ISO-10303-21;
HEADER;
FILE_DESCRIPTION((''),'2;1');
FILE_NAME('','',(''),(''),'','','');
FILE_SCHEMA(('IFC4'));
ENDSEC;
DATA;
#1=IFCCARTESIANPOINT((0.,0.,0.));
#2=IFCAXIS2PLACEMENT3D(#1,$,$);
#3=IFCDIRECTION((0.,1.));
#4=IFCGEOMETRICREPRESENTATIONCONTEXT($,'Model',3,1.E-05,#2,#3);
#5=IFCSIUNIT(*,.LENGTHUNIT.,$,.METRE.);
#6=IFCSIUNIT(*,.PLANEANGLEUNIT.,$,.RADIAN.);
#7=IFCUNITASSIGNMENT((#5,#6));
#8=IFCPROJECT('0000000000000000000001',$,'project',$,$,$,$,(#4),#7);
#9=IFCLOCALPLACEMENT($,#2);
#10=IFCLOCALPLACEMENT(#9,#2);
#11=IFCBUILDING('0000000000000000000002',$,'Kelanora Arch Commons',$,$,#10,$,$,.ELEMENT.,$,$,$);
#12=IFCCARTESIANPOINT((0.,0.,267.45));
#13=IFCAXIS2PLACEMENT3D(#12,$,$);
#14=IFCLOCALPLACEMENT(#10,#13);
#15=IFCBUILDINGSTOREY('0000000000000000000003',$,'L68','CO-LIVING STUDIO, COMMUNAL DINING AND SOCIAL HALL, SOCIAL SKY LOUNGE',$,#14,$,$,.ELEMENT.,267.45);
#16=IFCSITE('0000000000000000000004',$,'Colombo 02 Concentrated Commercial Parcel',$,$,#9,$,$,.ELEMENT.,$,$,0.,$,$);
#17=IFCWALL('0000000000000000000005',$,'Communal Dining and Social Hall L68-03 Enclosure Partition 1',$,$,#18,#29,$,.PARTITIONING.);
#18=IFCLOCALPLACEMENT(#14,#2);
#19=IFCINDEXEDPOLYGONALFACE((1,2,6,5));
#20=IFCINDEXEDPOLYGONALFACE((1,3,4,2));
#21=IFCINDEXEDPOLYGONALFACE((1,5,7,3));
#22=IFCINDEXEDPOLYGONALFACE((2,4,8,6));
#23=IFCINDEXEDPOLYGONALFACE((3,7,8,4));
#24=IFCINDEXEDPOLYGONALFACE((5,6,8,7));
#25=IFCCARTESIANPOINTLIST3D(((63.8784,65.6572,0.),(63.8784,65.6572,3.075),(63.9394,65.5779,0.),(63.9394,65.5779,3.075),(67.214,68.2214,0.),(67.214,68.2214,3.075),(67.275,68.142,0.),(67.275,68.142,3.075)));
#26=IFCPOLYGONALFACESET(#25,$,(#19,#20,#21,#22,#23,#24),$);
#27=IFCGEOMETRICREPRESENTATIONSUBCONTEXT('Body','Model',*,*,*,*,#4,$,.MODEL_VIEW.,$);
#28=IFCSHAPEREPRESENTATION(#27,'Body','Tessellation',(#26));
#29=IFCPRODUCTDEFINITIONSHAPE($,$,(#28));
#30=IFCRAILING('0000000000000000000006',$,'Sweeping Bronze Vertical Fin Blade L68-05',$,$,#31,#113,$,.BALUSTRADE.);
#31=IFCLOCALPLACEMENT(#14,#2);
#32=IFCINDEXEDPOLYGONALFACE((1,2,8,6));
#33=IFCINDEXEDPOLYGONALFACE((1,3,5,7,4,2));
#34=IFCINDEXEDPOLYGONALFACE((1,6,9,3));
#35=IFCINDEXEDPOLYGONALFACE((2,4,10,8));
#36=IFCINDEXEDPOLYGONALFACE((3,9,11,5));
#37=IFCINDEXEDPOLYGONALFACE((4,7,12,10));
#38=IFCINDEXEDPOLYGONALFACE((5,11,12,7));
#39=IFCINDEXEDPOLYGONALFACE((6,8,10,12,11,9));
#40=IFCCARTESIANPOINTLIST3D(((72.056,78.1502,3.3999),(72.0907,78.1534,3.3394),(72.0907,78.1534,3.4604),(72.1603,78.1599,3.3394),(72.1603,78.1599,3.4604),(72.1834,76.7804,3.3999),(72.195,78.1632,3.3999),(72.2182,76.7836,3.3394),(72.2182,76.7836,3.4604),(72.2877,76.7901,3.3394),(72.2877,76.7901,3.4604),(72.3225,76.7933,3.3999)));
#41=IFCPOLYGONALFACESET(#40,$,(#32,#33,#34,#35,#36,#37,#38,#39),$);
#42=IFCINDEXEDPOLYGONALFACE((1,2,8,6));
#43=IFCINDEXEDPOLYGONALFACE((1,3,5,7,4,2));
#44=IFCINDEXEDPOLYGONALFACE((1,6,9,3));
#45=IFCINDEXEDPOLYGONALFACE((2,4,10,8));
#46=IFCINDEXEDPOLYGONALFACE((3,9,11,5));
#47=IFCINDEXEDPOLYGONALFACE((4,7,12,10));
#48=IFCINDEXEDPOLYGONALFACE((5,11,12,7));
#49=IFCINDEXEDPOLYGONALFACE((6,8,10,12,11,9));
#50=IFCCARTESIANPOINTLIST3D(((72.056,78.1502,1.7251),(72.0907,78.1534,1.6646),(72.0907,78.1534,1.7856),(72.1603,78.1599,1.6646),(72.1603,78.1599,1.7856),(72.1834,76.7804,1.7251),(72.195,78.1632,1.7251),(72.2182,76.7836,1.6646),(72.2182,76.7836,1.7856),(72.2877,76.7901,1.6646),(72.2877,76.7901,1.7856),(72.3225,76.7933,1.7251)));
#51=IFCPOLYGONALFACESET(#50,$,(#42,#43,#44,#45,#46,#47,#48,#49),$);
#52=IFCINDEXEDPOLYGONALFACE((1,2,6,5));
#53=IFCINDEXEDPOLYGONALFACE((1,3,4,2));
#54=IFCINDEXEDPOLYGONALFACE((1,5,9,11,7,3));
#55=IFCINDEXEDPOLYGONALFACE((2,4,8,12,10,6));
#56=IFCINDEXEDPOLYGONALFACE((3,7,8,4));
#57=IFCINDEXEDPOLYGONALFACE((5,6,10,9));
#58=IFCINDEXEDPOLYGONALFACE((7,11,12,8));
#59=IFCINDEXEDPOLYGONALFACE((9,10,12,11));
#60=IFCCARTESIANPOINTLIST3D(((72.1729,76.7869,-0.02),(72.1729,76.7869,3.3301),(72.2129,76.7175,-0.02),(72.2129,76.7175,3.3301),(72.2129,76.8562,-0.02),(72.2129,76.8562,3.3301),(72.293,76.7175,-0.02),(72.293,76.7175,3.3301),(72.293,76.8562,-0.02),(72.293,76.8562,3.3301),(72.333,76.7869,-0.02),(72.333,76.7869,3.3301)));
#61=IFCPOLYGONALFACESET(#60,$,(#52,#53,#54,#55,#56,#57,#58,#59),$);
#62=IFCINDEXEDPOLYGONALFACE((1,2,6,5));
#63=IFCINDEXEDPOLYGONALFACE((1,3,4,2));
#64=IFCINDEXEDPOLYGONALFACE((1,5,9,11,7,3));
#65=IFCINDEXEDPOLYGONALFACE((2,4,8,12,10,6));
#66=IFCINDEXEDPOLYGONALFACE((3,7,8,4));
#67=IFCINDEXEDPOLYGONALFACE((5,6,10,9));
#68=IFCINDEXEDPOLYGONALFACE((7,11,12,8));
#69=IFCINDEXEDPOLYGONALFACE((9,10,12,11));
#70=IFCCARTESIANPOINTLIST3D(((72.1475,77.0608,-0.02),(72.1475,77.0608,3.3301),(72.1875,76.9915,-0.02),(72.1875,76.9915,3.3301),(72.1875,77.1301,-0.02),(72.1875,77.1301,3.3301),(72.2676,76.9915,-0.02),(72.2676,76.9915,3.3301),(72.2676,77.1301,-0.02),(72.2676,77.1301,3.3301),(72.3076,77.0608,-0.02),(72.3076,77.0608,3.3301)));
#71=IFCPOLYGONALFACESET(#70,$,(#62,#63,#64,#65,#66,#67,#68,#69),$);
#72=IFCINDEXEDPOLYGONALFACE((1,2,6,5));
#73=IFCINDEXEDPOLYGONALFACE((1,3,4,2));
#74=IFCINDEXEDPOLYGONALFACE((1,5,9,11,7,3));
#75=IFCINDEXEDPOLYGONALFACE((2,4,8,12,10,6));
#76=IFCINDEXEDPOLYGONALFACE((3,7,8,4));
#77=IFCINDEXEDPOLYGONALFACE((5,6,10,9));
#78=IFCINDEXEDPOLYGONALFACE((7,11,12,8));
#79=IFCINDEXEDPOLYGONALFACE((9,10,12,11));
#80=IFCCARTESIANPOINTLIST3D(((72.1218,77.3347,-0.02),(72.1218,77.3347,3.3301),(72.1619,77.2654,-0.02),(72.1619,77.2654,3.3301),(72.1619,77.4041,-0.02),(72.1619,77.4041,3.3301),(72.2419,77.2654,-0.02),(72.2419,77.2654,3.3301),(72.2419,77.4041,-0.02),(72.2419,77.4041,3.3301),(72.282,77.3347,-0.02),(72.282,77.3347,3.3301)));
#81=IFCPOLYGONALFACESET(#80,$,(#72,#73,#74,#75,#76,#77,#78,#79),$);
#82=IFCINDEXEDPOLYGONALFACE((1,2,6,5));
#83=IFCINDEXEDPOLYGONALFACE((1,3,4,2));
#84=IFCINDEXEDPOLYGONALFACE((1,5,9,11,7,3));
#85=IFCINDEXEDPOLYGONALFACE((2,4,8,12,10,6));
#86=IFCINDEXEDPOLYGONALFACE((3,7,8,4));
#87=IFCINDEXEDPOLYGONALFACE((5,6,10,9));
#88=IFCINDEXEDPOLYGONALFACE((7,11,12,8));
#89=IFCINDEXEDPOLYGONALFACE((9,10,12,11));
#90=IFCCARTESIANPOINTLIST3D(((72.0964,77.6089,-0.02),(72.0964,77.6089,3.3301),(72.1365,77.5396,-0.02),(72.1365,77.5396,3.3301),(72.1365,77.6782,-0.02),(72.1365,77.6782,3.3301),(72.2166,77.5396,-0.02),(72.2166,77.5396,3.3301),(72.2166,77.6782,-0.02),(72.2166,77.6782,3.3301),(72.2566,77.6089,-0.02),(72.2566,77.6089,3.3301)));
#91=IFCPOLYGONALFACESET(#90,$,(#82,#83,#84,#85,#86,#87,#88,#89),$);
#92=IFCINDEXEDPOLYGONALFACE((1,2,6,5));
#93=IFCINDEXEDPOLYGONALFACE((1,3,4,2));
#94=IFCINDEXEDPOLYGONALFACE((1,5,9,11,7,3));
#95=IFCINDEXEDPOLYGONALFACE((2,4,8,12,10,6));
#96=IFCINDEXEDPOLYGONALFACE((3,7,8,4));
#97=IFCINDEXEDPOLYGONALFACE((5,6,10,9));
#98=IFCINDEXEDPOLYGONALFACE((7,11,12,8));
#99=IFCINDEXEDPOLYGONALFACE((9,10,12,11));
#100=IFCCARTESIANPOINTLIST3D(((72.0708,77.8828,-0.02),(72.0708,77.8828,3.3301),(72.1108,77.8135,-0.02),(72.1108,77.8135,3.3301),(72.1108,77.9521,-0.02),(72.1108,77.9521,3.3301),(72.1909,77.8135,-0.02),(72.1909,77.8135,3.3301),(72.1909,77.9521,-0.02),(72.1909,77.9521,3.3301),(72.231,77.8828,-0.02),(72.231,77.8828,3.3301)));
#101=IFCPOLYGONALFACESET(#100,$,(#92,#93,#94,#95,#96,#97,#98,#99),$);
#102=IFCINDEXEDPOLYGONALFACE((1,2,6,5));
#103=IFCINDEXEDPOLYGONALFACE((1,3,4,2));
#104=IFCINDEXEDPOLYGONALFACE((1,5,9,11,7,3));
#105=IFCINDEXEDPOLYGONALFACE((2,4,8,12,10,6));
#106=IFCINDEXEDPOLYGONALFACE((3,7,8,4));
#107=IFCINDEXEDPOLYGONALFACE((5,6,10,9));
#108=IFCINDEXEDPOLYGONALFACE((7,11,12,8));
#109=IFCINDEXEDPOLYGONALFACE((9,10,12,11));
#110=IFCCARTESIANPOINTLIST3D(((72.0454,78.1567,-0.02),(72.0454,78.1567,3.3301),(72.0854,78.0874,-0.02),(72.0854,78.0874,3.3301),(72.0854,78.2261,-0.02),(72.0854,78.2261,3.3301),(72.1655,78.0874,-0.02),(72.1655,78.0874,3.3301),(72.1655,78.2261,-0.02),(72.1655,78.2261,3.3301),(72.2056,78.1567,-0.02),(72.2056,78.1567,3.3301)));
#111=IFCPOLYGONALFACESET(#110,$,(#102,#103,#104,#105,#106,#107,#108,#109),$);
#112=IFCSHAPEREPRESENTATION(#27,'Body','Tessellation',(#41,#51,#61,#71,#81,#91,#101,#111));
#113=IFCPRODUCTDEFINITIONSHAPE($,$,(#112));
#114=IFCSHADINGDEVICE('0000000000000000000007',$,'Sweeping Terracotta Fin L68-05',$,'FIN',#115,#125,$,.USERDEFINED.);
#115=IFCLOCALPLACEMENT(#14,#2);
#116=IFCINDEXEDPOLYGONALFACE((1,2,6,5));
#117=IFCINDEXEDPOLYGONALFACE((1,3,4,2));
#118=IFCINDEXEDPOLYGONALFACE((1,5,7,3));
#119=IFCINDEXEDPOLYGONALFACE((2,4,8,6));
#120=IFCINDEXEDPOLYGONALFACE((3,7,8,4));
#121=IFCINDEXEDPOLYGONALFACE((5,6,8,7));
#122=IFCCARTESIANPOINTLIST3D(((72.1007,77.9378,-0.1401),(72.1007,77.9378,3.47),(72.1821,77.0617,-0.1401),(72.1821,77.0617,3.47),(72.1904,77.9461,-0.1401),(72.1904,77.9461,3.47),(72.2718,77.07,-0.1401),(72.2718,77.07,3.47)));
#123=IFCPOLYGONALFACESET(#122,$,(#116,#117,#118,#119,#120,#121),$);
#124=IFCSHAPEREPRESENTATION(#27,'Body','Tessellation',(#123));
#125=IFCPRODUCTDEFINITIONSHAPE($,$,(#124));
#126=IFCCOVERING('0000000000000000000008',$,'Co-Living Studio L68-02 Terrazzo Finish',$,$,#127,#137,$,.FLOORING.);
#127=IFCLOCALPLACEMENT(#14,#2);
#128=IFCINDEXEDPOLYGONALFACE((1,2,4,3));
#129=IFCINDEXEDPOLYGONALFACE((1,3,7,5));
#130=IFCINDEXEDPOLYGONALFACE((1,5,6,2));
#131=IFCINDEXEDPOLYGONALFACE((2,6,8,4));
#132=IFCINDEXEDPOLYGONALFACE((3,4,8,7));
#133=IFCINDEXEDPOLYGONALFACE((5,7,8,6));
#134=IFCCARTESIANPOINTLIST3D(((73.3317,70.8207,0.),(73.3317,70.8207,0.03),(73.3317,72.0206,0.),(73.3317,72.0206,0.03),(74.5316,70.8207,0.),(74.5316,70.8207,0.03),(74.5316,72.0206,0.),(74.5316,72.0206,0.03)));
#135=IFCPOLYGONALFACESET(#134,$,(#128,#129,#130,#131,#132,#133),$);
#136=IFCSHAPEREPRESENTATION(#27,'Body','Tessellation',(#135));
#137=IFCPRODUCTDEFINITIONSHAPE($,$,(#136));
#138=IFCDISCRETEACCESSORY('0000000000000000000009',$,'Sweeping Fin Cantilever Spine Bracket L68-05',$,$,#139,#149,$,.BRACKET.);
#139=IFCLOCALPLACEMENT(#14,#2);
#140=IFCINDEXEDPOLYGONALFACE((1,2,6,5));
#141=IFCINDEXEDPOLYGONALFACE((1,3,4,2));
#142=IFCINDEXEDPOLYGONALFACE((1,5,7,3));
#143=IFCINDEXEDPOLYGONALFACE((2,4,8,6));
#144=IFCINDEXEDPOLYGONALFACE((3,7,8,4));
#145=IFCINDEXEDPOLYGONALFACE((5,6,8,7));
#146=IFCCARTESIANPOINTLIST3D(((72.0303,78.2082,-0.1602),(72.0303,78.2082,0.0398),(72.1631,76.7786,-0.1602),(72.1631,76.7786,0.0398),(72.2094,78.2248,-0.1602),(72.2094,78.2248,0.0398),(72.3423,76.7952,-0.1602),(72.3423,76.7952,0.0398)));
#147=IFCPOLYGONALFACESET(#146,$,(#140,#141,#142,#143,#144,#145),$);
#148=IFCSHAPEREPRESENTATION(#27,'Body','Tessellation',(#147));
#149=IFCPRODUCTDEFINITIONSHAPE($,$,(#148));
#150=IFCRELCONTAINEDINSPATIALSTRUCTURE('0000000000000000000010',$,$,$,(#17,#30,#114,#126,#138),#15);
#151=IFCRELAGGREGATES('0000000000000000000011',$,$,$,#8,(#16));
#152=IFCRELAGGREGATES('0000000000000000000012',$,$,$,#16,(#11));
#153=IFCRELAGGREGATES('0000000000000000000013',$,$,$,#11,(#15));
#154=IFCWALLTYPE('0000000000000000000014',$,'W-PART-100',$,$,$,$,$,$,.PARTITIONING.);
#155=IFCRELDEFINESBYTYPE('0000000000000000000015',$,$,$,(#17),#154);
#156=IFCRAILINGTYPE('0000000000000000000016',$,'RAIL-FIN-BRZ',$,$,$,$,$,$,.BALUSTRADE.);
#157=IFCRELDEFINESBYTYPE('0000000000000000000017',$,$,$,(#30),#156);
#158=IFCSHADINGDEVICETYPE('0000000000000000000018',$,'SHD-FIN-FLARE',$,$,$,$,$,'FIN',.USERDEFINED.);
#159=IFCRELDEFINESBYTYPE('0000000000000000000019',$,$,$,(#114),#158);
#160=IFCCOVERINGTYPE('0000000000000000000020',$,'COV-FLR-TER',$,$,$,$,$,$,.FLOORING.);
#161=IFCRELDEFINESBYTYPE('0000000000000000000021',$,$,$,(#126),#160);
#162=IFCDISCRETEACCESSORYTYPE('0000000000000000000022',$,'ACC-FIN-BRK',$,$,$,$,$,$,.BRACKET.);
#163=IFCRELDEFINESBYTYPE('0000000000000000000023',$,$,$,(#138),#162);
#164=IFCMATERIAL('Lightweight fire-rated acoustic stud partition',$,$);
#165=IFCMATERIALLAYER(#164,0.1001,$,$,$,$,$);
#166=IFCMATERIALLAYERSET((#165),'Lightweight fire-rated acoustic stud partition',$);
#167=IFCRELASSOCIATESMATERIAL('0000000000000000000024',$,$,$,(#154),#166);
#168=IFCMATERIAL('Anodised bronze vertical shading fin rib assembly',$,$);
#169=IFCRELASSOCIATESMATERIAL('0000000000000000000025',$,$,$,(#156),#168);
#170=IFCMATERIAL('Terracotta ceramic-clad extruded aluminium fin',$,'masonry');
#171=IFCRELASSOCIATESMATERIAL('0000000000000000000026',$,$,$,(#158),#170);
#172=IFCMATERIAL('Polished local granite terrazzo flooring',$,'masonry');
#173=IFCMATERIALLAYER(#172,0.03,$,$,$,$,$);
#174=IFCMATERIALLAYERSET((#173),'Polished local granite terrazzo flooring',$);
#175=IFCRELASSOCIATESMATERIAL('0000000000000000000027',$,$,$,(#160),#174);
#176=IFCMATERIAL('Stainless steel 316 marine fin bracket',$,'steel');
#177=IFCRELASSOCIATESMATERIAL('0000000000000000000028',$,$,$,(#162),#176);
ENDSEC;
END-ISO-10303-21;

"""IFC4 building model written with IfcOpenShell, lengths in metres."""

from ifc_helpers import new_model, si_unit, direction, frame, frame_2d, origin, origin_2d, place, context, subcontext, project, spatial, polyline, rectangle, outline, extrude, source, transform, mapped, material, layer, layer_set, type_object, element, save


model = new_model("IFC4")

# Units and contexts
model_context = context("Model", 3, precision=1e-05, world=origin(), true_north=direction((0.0, 1.0)))
body_context = subcontext(model_context, "Body", "Model", "MODEL_VIEW")
ifc_project = project(units=[si_unit("LENGTHUNIT", "METRE"), si_unit("PLANEANGLEUNIT", "RADIAN")], contexts=[model_context])

# Site, building, storey
site_placement = place(None, origin())
site = spatial("IfcSite", under=ifc_project, at=site_placement, Name="Colombo 02 Concentrated Commercial Parcel", CompositionType="ELEMENT", RefElevation=0.0)
building_placement = place(site_placement, origin())
building = spatial("IfcBuilding", under=site, at=building_placement, Name="Kelanora Arch Commons", CompositionType="ELEMENT")
storey_placement = place(building_placement, frame((0.0, 0.0, 267.45)))
storey = spatial("IfcBuildingStorey", under=building, at=storey_placement, Name="L68", Description="CO-LIVING STUDIO, COMMUNAL DINING AND SOCIAL HALL, SOCIAL SKY LOUNGE", CompositionType="ELEMENT", Elevation=267.45)

# Wall
ifc_material_1 = material(Name="Lightweight fire-rated acoustic stud partition")
ifc_layer_1 = layer(ifc_material_1, 0.1001)
ifc_layer_set_1 = layer_set([ifc_layer_1], Name="Lightweight fire-rated acoustic stud partition")
wall_type_1 = type_object("IfcWallType", Name="W-PART-100", PredefinedType="PARTITIONING", material=ifc_layer_set_1)
wall_1_placement = place(storey_placement, frame((67.2444, 68.1816, 0.0), z_axis=(0.0, 0.0, 1.0), x_axis=(-0.79282, -0.609456, 0.0)))
element("IfcWall", 1, at=wall_1_placement, inside=storey, type_object=wall_type_1, Name="Communal Dining and Social Hall L68-03 Enclosure Partition 1", PredefinedType="PARTITIONING", context=body_context, shape_type="SweptSolid", body=[
    extrude(rectangle(XDim=4.2073, YDim=0.1001, at=frame_2d((2.1035, 0.0))), origin(), (0.0, 0.0, 1.0), 3.075),
])

# Railing
ifc_material_2 = material(Name="Anodised bronze vertical shading fin rib assembly")
railing_type = type_object("IfcRailingType", Name="RAIL-FIN-BRZ", PredefinedType="BALUSTRADE", material=ifc_material_2)
railing_placement = place(storey_placement, frame((72.2529, 76.7869, -0.02)))
element("IfcRailing", 2, at=railing_placement, inside=storey, type_object=railing_type, Name="Sweeping Bronze Vertical Fin Blade L68-05", PredefinedType="BALUSTRADE", context=body_context, shape_type="SweptSolid", body=[
    extrude(outline(polyline([(0.0698, 0.0), (0.0349, 0.0605), (-0.0349, 0.0605), (-0.0698, 0.0), (-0.0349, -0.0605), (0.0349, -0.0605), (0.0698, 0.0)])), frame((0.0, 0.0, 3.4199), z_axis=(-0.092632, 0.9957, 0.0), x_axis=(-0.9957, -0.092632, 0.0)), (0.0, 0.0, 1.0), 1.3757),
    extrude(outline(polyline([(0.0698, 0.0), (0.0349, 0.0605), (-0.0349, 0.0605), (-0.0698, 0.0), (-0.0349, -0.0605), (0.0349, -0.0605), (0.0698, 0.0)])), frame((0.0, 0.0, 1.7451), z_axis=(-0.092632, 0.9957, 0.0), x_axis=(-0.9957, -0.092632, 0.0)), (0.0, 0.0, 1.0), 1.3757),
    extrude(outline(polyline([(0.0801, 0.0), (0.04, 0.0693), (-0.04, 0.0693), (-0.0801, 0.0), (-0.04, -0.0693), (0.04, -0.0693), (0.0801, 0.0)])), origin(), (0.0, 0.0, 1.0), 3.3501),
    extrude(outline(polyline([(0.0801, 0.0), (0.04, 0.0693), (-0.04, 0.0693), (-0.0801, 0.0), (-0.04, -0.0693), (0.04, -0.0693), (0.0801, 0.0)])), frame((-0.0254, 0.2739, 0.0)), (0.0, 0.0, 1.0), 3.3501),
    extrude(outline(polyline([(0.0801, 0.0), (0.04, 0.0693), (-0.04, 0.0693), (-0.0801, 0.0), (-0.04, -0.0693), (0.04, -0.0693), (0.0801, 0.0)])), frame((-0.051, 0.5479, 0.0)), (0.0, 0.0, 1.0), 3.3501),
    extrude(outline(polyline([(0.0801, 0.0), (0.04, 0.0693), (-0.04, 0.0693), (-0.0801, 0.0), (-0.04, -0.0693), (0.04, -0.0693), (0.0801, 0.0)])), frame((-0.0764, 0.822, 0.0)), (0.0, 0.0, 1.0), 3.3501),
    extrude(outline(polyline([(0.0801, 0.0), (0.04, 0.0693), (-0.04, 0.0693), (-0.0801, 0.0), (-0.04, -0.0693), (0.04, -0.0693), (0.0801, 0.0)])), frame((-0.1021, 1.0959, 0.0)), (0.0, 0.0, 1.0), 3.3501),
    extrude(outline(polyline([(0.0801, 0.0), (0.04, 0.0693), (-0.04, 0.0693), (-0.0801, 0.0), (-0.04, -0.0693), (0.04, -0.0693), (0.0801, 0.0)])), frame((-0.1274, 1.3699, 0.0)), (0.0, 0.0, 1.0), 3.3501),
])

# Shading device
ifc_material_3 = material(Name="Terracotta ceramic-clad extruded aluminium fin", Category="masonry")
shading_device_type = type_object("IfcShadingDeviceType", Name="SHD-FIN-FLARE", ElementType="FIN", PredefinedType="USERDEFINED", material=ifc_material_3)
shared_shape_1 = source(origin(), body_context, "Body", "SweptSolid", [
    extrude(rectangle(XDim=0.8799, YDim=0.0901, at=origin_2d()), origin(), (0.0, 0.0, 1.0), 3.6101),
])
shading_device_placement = place(storey_placement, frame((72.1863, 77.5039, -0.1401), z_axis=(0.0, 0.0, 1.0), x_axis=(-0.092544, 0.995709, 0.0)))
element("IfcShadingDevice", 3, at=shading_device_placement, inside=storey, type_object=shading_device_type, Name="Sweeping Terracotta Fin L68-05", ObjectType="FIN", PredefinedType="USERDEFINED", context=body_context, shape_type="MappedRepresentation", body=[
    mapped(shared_shape_1, transform((0.0, 0.0, 0.0), scale=1.0)),
])

# Covering
ifc_material_4 = material(Name="Polished local granite terrazzo flooring", Category="masonry")
ifc_layer_2 = layer(ifc_material_4, 0.03)
ifc_layer_set_2 = layer_set([ifc_layer_2], Name="Polished local granite terrazzo flooring")
covering_type = type_object("IfcCoveringType", Name="COV-FLR-TER", PredefinedType="FLOORING", material=ifc_layer_set_2)
shared_shape_2 = source(origin(), body_context, "Body", "SweptSolid", [
    extrude(rectangle(XDim=1.2, YDim=1.2, at=origin_2d()), origin(), (0.0, 0.0, 1.0), 0.03),
])
covering_placement = place(storey_placement, frame((73.9316, 71.4207, 0.0), z_axis=(0.0, 0.0, 1.0), x_axis=(1.0, 0.0, 0.0)))
element("IfcCovering", 4, at=covering_placement, inside=storey, type_object=covering_type, Name="Co-Living Studio L68-02 Terrazzo Finish", PredefinedType="FLOORING", context=body_context, shape_type="MappedRepresentation", body=[
    mapped(shared_shape_2, transform((0.0, 0.0, 0.0), scale=1.0)),
])

# Discrete accessory
ifc_material_5 = material(Name="Stainless steel 316 marine fin bracket", Category="steel")
discrete_accessory_type = type_object("IfcDiscreteAccessoryType", Name="ACC-FIN-BRK", PredefinedType="BRACKET", material=ifc_material_5)
shared_shape_3 = source(origin(), body_context, "Body", "SweptSolid", [
    extrude(rectangle(XDim=1.4358, YDim=0.1799, at=origin_2d()), origin(), (0.0, 0.0, 1.0), 0.2),
])
discrete_accessory_placement = place(storey_placement, frame((72.1863, 77.5017, -0.1602), z_axis=(0.0, 0.0, 1.0), x_axis=(-0.092544, 0.995709, 0.0)))
element("IfcDiscreteAccessory", 5, at=discrete_accessory_placement, inside=storey, type_object=discrete_accessory_type, Name="Sweeping Fin Cantilever Spine Bracket L68-05", PredefinedType="BRACKET", context=body_context, shape_type="MappedRepresentation", body=[
    mapped(shared_shape_3, transform((0.0, 0.0, 0.0), scale=1.0)),
])

save(model, "model.ifc")
